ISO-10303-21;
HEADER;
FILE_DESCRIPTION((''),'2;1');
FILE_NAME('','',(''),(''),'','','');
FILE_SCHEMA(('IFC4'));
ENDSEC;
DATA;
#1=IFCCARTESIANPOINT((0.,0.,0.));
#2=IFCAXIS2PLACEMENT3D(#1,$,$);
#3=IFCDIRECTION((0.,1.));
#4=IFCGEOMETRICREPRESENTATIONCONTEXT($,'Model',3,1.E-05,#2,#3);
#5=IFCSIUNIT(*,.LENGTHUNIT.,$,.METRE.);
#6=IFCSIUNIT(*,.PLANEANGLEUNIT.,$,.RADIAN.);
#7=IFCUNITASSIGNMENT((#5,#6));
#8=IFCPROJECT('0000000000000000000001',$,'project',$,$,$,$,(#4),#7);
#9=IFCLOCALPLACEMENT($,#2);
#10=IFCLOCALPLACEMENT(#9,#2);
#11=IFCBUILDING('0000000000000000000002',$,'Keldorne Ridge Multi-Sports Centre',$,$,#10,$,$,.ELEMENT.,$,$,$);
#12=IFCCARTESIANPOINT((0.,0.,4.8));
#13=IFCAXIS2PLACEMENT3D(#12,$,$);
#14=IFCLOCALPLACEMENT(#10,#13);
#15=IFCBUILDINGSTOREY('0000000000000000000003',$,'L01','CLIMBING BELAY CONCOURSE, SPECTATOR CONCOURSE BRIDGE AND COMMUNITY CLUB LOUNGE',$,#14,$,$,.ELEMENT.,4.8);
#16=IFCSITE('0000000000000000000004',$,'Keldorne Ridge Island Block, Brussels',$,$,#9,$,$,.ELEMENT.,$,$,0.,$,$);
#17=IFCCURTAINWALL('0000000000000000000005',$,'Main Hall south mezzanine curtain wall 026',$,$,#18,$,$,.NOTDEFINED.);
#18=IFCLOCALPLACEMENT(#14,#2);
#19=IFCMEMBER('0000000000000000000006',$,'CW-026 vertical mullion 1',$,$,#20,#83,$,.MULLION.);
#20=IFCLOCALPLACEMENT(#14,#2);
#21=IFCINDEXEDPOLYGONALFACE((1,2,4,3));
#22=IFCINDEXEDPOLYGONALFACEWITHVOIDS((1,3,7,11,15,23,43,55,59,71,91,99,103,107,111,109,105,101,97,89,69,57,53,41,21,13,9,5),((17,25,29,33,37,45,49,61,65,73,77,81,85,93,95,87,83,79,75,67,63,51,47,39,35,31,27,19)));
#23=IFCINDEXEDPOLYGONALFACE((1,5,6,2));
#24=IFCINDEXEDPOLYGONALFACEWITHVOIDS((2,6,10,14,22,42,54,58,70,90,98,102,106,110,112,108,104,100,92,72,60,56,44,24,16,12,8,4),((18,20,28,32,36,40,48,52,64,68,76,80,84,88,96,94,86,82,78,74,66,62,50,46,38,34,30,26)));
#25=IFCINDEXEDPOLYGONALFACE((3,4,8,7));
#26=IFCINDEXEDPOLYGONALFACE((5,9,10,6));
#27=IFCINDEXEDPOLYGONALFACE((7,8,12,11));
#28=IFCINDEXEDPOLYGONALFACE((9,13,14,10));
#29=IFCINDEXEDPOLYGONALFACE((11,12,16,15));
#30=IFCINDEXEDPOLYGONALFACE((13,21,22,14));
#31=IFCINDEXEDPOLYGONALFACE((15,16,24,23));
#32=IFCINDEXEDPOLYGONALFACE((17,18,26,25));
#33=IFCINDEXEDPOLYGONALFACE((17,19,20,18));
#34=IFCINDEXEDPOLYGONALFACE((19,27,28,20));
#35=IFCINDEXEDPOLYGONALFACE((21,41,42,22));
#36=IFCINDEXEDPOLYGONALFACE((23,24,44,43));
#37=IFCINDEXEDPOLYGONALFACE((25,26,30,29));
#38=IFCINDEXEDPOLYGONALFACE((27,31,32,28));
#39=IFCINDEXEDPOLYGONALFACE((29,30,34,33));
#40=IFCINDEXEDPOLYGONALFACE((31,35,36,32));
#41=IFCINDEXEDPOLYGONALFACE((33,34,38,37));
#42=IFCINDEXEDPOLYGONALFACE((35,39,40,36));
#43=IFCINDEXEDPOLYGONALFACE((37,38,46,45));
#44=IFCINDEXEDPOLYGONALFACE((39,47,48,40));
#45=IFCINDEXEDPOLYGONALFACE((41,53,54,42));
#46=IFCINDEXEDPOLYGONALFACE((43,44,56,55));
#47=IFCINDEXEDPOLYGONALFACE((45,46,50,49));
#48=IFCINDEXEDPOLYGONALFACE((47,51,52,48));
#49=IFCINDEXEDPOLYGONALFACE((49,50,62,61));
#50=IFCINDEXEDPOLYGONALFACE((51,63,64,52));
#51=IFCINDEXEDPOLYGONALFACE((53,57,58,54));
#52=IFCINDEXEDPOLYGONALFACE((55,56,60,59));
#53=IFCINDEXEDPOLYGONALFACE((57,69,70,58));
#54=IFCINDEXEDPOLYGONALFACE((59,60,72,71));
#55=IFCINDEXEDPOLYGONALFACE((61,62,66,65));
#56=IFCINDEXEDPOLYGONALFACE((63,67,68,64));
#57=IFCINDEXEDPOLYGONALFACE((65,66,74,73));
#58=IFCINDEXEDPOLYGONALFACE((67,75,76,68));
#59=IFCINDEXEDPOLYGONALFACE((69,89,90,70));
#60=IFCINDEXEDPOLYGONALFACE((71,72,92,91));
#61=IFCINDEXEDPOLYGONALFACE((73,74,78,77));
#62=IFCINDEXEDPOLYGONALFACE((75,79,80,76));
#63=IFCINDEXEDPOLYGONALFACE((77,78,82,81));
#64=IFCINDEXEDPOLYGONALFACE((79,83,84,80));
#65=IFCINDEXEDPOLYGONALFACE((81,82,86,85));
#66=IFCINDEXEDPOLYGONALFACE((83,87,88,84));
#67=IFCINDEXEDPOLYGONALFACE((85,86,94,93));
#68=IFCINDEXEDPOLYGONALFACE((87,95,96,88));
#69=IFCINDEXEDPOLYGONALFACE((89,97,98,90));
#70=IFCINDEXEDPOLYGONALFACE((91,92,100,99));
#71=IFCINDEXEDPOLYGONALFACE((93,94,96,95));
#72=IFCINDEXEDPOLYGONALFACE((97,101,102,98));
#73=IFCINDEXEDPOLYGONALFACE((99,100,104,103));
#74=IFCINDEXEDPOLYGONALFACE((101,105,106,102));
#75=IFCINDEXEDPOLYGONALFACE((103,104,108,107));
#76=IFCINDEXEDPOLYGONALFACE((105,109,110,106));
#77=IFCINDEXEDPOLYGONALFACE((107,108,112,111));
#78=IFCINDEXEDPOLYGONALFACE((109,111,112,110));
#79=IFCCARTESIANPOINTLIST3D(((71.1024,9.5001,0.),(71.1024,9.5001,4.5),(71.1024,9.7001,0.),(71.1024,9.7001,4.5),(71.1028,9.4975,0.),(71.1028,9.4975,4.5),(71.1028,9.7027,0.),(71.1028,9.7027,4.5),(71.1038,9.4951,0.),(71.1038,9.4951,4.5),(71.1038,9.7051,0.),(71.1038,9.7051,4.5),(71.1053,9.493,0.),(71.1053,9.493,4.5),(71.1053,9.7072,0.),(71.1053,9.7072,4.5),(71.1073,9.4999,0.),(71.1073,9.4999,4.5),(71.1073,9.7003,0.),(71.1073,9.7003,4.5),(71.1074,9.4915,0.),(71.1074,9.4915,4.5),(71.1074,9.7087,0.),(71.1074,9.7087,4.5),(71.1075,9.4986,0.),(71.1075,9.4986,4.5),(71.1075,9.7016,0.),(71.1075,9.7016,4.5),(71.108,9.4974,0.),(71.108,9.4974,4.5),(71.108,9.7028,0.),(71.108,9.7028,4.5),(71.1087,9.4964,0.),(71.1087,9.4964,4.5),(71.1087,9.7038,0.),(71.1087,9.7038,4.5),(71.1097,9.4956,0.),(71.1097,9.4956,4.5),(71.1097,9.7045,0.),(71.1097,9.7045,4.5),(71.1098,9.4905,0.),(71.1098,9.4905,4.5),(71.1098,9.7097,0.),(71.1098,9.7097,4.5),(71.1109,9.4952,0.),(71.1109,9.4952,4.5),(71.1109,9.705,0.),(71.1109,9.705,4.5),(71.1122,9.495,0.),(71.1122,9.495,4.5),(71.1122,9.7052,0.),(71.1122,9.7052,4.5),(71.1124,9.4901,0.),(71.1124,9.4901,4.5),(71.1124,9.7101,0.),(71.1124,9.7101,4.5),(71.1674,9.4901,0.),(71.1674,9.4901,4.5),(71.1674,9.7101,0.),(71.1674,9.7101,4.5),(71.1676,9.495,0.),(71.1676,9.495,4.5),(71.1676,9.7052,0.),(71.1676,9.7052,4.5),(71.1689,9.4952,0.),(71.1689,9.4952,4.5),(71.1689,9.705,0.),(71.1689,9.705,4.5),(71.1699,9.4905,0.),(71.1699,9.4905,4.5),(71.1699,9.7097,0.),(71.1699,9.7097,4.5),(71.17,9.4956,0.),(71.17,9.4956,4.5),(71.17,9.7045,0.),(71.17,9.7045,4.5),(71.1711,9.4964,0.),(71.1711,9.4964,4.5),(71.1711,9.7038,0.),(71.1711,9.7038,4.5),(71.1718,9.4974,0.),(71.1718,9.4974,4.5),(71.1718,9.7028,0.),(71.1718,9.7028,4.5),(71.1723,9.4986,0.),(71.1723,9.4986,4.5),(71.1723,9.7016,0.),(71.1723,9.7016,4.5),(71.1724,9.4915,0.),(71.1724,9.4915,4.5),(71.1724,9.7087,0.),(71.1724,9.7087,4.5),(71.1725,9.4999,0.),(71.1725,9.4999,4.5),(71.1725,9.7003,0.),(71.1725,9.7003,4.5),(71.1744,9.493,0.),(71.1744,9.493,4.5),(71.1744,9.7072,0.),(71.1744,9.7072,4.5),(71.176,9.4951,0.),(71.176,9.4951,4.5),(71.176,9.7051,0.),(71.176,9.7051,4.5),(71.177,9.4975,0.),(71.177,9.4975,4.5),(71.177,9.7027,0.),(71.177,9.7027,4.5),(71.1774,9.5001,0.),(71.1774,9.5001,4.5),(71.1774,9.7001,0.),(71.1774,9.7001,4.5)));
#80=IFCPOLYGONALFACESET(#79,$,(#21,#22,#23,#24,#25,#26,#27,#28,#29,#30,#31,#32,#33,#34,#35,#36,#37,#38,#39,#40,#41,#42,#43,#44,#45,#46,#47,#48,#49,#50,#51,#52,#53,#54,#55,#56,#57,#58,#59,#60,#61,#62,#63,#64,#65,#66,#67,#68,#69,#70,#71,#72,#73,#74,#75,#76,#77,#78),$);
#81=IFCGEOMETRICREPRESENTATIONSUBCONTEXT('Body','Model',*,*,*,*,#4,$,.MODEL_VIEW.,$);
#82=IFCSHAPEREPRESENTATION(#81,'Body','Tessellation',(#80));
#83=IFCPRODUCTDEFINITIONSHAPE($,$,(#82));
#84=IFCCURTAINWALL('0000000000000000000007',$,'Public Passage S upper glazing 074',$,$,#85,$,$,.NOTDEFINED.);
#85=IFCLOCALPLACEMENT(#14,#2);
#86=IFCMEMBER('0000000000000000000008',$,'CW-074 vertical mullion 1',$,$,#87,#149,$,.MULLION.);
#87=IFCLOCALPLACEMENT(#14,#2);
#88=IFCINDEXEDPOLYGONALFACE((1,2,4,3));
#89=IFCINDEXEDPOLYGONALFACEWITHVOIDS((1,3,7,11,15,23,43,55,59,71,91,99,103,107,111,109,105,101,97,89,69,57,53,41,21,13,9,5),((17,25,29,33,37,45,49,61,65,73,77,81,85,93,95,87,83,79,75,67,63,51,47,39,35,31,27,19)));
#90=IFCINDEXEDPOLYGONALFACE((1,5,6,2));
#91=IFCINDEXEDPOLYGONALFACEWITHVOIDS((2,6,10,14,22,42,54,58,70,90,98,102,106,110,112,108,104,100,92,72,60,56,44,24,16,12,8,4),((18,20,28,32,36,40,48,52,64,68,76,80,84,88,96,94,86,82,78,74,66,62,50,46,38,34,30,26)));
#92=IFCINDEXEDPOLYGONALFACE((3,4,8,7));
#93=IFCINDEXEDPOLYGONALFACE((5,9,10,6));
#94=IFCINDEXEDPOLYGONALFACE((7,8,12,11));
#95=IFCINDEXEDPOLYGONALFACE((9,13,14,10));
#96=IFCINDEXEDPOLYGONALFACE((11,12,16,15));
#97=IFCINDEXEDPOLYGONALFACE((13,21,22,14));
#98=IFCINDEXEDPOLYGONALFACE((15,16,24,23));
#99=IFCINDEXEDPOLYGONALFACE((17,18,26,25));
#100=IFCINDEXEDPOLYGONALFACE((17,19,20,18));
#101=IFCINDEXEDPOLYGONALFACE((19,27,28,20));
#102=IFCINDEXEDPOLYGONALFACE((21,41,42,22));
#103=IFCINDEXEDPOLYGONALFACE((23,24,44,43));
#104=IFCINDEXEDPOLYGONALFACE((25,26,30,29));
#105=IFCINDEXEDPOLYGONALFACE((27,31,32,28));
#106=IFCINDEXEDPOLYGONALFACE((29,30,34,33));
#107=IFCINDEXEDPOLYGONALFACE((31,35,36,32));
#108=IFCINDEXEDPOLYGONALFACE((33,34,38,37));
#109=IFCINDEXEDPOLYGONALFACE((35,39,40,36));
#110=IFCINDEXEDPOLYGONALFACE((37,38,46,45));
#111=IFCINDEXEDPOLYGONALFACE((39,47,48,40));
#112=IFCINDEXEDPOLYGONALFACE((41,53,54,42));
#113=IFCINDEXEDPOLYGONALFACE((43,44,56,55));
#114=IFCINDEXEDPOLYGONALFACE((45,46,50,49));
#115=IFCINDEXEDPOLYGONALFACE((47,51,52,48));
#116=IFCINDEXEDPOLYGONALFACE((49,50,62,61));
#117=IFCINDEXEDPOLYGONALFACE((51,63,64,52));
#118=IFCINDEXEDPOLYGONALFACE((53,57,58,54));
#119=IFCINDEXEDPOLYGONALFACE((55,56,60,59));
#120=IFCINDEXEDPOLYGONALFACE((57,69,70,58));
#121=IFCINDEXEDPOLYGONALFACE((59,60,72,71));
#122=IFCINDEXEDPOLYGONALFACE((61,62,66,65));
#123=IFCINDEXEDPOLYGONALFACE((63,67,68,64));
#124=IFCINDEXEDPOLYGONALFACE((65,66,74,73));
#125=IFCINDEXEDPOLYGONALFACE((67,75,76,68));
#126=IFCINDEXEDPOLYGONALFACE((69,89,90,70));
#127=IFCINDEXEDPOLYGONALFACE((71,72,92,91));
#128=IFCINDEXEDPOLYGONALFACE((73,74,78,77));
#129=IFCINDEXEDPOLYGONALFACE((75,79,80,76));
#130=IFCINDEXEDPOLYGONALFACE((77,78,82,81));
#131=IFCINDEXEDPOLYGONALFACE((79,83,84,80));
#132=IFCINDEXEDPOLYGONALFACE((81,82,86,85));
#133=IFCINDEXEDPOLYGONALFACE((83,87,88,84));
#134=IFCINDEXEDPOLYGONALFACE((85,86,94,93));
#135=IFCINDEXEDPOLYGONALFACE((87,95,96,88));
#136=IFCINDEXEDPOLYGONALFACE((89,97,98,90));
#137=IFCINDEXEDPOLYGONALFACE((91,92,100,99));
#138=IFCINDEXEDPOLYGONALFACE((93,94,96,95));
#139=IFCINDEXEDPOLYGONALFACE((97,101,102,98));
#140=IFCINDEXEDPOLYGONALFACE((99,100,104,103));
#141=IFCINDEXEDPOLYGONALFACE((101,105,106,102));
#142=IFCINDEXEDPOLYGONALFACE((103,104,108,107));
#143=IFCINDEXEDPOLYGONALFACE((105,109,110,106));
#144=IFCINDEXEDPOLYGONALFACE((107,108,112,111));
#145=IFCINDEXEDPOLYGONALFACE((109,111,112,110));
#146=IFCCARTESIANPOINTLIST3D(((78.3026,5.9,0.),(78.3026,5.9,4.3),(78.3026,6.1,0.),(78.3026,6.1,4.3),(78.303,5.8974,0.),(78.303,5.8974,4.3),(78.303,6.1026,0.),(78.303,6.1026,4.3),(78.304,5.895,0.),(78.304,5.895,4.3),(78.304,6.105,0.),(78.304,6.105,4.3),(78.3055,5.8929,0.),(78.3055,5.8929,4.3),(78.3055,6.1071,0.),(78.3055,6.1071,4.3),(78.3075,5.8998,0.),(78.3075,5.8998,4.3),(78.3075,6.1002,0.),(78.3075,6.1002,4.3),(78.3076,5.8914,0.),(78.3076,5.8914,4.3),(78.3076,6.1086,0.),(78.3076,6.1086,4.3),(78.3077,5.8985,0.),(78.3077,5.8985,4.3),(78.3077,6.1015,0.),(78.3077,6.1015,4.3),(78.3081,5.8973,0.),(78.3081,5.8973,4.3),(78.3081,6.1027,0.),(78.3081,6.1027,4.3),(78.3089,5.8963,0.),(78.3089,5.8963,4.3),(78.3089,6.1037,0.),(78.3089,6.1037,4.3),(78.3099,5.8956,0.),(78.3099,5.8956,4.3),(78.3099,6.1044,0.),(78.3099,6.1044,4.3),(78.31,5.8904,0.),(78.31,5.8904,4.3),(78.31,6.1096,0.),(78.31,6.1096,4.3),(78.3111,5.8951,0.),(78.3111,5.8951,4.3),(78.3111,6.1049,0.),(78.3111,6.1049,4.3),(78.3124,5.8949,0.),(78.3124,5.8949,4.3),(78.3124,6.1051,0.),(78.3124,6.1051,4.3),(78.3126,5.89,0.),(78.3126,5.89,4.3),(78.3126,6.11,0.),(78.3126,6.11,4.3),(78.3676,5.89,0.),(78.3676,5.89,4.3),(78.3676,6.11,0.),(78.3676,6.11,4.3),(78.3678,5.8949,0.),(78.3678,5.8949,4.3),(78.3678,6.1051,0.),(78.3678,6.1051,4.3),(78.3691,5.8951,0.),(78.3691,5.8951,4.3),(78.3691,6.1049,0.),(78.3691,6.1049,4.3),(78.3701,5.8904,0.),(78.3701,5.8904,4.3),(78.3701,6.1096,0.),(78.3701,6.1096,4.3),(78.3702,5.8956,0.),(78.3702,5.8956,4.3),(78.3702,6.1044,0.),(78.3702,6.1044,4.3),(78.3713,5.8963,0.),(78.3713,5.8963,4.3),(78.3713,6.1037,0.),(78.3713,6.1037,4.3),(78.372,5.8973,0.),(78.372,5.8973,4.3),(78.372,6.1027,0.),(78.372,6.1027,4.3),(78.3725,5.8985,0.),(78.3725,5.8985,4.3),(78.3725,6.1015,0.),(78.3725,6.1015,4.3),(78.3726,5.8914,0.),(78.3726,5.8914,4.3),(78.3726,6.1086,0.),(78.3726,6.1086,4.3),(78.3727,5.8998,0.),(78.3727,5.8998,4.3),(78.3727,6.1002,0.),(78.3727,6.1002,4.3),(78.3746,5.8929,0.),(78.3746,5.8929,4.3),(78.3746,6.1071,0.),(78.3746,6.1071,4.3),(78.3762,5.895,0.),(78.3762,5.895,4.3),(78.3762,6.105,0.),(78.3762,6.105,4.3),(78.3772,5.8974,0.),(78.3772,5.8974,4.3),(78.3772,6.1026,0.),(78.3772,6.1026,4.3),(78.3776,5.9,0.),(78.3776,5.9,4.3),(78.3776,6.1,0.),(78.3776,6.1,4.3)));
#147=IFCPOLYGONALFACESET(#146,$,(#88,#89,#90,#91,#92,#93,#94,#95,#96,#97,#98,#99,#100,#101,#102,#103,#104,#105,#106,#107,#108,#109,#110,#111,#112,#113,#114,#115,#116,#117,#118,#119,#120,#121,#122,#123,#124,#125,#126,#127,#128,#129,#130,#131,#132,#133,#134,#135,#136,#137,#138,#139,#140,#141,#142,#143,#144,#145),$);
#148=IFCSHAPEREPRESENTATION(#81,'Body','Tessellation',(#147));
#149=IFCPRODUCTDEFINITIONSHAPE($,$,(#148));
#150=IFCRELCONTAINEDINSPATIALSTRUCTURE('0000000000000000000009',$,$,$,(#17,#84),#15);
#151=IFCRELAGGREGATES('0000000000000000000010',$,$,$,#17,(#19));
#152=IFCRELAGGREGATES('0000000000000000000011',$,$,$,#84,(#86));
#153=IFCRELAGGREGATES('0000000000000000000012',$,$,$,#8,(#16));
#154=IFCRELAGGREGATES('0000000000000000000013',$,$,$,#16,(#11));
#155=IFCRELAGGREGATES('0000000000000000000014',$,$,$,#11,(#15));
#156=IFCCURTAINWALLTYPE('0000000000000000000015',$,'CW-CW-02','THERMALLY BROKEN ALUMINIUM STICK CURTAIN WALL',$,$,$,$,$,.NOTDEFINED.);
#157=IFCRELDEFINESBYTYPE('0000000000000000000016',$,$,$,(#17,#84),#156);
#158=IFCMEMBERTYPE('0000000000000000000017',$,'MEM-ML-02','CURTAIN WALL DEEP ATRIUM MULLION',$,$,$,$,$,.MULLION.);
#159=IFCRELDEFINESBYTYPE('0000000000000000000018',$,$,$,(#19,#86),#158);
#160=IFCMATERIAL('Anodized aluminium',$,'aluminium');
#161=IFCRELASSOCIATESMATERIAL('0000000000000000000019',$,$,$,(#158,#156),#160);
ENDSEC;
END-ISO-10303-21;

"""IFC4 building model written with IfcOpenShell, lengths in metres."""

from ifc_helpers import new_model, si_unit, direction, frame, origin, origin_2d, place, context, subcontext, project, spatial, hollow_rectangle, extrude, material, material_profile, profile_set, type_object, element, aggregate, save


model = new_model("IFC4")

# Units and contexts
model_context = context("Model", 3, precision=1e-05, world=origin(), true_north=direction((0.0, 1.0)))
body_context = subcontext(model_context, "Body", "Model", "MODEL_VIEW")
ifc_project = project(units=[si_unit("LENGTHUNIT", "METRE"), si_unit("PLANEANGLEUNIT", "RADIAN")], contexts=[model_context])

# Site, building, storey
site_placement = place(None, origin())
site = spatial("IfcSite", under=ifc_project, at=site_placement, Name="Keldorne Ridge Island Block, Brussels", CompositionType="ELEMENT", RefElevation=0.0)
building_placement = place(site_placement, origin())
building = spatial("IfcBuilding", under=site, at=building_placement, Name="Keldorne Ridge Multi-Sports Centre", CompositionType="ELEMENT")
storey_placement = place(building_placement, frame((0.0, 0.0, 4.8)))
storey = spatial("IfcBuildingStorey", under=building, at=storey_placement, Name="L01", Description="CLIMBING BELAY CONCOURSE, SPECTATOR CONCOURSE BRIDGE AND COMMUNITY CLUB LOUNGE", CompositionType="ELEMENT", Elevation=4.8)

# Shared definitions
ifc_material_1 = material(Name="Anodized aluminium", Category="aluminium")
ifc_material_profile_1 = material_profile(ifc_material_1, hollow_rectangle(XDim=0.075, YDim=0.22, WallThickness=0.0049, InnerFilletRadius=0.0049, OuterFilletRadius=0.01, at=origin_2d()), Name="ALU MULLION 220x75x5")
ifc_profile_set_1 = profile_set([ifc_material_profile_1], Name="Anodized aluminium")
member_type_1 = type_object("IfcMemberType", Name="MEM-ML-02", Description="CURTAIN WALL DEEP ATRIUM MULLION", PredefinedType="MULLION", material=ifc_profile_set_1)

# Curtain walls, members
curtain_wall_type_1 = type_object("IfcCurtainWallType", Name="CW-CW-02", Description="THERMALLY BROKEN ALUMINIUM STICK CURTAIN WALL", PredefinedType="NOTDEFINED", material=ifc_material_1)
curtain_wall_1_placement = place(storey_placement, origin())
curtain_wall_1 = element("IfcCurtainWall", 1, at=curtain_wall_1_placement, inside=storey, type_object=curtain_wall_type_1, Name="Main Hall south mezzanine curtain wall 026", PredefinedType="NOTDEFINED")
member_1_placement = place(storey_placement, frame((71.1399, 9.6001, 0.0), z_axis=(0.0, 0.0, 1.0), x_axis=(1.0, 0.0, 0.0)))
member_1 = element("IfcMember", 2, at=member_1_placement, type_object=member_type_1, Name="CW-026 vertical mullion 1", PredefinedType="MULLION", context=body_context, shape_type="SweptSolid", body=[
    extrude(hollow_rectangle(XDim=0.075, YDim=0.22, WallThickness=0.0049, InnerFilletRadius=0.0049, OuterFilletRadius=0.01, at=origin_2d()), origin(), (0.0, 0.0, 1.0), 4.5),
])
curtain_wall_2_placement = place(storey_placement, origin())
curtain_wall_2 = element("IfcCurtainWall", 3, at=curtain_wall_2_placement, inside=storey, type_object=curtain_wall_type_1, Name="Public Passage S upper glazing 074", PredefinedType="NOTDEFINED")
member_2_placement = place(storey_placement, frame((78.3401, 6.0, 0.0), z_axis=(0.0, 0.0, 1.0), x_axis=(1.0, 0.0, 0.0)))
member_2 = element("IfcMember", 4, at=member_2_placement, type_object=member_type_1, Name="CW-074 vertical mullion 1", PredefinedType="MULLION", context=body_context, shape_type="SweptSolid", body=[
    extrude(hollow_rectangle(XDim=0.075, YDim=0.22, WallThickness=0.0049, InnerFilletRadius=0.0049, OuterFilletRadius=0.01, at=origin_2d()), origin(), (0.0, 0.0, 1.0), 4.3),
])

aggregate(curtain_wall_1, [member_1])

aggregate(curtain_wall_2, [member_2])

save(model, "model.ifc")
